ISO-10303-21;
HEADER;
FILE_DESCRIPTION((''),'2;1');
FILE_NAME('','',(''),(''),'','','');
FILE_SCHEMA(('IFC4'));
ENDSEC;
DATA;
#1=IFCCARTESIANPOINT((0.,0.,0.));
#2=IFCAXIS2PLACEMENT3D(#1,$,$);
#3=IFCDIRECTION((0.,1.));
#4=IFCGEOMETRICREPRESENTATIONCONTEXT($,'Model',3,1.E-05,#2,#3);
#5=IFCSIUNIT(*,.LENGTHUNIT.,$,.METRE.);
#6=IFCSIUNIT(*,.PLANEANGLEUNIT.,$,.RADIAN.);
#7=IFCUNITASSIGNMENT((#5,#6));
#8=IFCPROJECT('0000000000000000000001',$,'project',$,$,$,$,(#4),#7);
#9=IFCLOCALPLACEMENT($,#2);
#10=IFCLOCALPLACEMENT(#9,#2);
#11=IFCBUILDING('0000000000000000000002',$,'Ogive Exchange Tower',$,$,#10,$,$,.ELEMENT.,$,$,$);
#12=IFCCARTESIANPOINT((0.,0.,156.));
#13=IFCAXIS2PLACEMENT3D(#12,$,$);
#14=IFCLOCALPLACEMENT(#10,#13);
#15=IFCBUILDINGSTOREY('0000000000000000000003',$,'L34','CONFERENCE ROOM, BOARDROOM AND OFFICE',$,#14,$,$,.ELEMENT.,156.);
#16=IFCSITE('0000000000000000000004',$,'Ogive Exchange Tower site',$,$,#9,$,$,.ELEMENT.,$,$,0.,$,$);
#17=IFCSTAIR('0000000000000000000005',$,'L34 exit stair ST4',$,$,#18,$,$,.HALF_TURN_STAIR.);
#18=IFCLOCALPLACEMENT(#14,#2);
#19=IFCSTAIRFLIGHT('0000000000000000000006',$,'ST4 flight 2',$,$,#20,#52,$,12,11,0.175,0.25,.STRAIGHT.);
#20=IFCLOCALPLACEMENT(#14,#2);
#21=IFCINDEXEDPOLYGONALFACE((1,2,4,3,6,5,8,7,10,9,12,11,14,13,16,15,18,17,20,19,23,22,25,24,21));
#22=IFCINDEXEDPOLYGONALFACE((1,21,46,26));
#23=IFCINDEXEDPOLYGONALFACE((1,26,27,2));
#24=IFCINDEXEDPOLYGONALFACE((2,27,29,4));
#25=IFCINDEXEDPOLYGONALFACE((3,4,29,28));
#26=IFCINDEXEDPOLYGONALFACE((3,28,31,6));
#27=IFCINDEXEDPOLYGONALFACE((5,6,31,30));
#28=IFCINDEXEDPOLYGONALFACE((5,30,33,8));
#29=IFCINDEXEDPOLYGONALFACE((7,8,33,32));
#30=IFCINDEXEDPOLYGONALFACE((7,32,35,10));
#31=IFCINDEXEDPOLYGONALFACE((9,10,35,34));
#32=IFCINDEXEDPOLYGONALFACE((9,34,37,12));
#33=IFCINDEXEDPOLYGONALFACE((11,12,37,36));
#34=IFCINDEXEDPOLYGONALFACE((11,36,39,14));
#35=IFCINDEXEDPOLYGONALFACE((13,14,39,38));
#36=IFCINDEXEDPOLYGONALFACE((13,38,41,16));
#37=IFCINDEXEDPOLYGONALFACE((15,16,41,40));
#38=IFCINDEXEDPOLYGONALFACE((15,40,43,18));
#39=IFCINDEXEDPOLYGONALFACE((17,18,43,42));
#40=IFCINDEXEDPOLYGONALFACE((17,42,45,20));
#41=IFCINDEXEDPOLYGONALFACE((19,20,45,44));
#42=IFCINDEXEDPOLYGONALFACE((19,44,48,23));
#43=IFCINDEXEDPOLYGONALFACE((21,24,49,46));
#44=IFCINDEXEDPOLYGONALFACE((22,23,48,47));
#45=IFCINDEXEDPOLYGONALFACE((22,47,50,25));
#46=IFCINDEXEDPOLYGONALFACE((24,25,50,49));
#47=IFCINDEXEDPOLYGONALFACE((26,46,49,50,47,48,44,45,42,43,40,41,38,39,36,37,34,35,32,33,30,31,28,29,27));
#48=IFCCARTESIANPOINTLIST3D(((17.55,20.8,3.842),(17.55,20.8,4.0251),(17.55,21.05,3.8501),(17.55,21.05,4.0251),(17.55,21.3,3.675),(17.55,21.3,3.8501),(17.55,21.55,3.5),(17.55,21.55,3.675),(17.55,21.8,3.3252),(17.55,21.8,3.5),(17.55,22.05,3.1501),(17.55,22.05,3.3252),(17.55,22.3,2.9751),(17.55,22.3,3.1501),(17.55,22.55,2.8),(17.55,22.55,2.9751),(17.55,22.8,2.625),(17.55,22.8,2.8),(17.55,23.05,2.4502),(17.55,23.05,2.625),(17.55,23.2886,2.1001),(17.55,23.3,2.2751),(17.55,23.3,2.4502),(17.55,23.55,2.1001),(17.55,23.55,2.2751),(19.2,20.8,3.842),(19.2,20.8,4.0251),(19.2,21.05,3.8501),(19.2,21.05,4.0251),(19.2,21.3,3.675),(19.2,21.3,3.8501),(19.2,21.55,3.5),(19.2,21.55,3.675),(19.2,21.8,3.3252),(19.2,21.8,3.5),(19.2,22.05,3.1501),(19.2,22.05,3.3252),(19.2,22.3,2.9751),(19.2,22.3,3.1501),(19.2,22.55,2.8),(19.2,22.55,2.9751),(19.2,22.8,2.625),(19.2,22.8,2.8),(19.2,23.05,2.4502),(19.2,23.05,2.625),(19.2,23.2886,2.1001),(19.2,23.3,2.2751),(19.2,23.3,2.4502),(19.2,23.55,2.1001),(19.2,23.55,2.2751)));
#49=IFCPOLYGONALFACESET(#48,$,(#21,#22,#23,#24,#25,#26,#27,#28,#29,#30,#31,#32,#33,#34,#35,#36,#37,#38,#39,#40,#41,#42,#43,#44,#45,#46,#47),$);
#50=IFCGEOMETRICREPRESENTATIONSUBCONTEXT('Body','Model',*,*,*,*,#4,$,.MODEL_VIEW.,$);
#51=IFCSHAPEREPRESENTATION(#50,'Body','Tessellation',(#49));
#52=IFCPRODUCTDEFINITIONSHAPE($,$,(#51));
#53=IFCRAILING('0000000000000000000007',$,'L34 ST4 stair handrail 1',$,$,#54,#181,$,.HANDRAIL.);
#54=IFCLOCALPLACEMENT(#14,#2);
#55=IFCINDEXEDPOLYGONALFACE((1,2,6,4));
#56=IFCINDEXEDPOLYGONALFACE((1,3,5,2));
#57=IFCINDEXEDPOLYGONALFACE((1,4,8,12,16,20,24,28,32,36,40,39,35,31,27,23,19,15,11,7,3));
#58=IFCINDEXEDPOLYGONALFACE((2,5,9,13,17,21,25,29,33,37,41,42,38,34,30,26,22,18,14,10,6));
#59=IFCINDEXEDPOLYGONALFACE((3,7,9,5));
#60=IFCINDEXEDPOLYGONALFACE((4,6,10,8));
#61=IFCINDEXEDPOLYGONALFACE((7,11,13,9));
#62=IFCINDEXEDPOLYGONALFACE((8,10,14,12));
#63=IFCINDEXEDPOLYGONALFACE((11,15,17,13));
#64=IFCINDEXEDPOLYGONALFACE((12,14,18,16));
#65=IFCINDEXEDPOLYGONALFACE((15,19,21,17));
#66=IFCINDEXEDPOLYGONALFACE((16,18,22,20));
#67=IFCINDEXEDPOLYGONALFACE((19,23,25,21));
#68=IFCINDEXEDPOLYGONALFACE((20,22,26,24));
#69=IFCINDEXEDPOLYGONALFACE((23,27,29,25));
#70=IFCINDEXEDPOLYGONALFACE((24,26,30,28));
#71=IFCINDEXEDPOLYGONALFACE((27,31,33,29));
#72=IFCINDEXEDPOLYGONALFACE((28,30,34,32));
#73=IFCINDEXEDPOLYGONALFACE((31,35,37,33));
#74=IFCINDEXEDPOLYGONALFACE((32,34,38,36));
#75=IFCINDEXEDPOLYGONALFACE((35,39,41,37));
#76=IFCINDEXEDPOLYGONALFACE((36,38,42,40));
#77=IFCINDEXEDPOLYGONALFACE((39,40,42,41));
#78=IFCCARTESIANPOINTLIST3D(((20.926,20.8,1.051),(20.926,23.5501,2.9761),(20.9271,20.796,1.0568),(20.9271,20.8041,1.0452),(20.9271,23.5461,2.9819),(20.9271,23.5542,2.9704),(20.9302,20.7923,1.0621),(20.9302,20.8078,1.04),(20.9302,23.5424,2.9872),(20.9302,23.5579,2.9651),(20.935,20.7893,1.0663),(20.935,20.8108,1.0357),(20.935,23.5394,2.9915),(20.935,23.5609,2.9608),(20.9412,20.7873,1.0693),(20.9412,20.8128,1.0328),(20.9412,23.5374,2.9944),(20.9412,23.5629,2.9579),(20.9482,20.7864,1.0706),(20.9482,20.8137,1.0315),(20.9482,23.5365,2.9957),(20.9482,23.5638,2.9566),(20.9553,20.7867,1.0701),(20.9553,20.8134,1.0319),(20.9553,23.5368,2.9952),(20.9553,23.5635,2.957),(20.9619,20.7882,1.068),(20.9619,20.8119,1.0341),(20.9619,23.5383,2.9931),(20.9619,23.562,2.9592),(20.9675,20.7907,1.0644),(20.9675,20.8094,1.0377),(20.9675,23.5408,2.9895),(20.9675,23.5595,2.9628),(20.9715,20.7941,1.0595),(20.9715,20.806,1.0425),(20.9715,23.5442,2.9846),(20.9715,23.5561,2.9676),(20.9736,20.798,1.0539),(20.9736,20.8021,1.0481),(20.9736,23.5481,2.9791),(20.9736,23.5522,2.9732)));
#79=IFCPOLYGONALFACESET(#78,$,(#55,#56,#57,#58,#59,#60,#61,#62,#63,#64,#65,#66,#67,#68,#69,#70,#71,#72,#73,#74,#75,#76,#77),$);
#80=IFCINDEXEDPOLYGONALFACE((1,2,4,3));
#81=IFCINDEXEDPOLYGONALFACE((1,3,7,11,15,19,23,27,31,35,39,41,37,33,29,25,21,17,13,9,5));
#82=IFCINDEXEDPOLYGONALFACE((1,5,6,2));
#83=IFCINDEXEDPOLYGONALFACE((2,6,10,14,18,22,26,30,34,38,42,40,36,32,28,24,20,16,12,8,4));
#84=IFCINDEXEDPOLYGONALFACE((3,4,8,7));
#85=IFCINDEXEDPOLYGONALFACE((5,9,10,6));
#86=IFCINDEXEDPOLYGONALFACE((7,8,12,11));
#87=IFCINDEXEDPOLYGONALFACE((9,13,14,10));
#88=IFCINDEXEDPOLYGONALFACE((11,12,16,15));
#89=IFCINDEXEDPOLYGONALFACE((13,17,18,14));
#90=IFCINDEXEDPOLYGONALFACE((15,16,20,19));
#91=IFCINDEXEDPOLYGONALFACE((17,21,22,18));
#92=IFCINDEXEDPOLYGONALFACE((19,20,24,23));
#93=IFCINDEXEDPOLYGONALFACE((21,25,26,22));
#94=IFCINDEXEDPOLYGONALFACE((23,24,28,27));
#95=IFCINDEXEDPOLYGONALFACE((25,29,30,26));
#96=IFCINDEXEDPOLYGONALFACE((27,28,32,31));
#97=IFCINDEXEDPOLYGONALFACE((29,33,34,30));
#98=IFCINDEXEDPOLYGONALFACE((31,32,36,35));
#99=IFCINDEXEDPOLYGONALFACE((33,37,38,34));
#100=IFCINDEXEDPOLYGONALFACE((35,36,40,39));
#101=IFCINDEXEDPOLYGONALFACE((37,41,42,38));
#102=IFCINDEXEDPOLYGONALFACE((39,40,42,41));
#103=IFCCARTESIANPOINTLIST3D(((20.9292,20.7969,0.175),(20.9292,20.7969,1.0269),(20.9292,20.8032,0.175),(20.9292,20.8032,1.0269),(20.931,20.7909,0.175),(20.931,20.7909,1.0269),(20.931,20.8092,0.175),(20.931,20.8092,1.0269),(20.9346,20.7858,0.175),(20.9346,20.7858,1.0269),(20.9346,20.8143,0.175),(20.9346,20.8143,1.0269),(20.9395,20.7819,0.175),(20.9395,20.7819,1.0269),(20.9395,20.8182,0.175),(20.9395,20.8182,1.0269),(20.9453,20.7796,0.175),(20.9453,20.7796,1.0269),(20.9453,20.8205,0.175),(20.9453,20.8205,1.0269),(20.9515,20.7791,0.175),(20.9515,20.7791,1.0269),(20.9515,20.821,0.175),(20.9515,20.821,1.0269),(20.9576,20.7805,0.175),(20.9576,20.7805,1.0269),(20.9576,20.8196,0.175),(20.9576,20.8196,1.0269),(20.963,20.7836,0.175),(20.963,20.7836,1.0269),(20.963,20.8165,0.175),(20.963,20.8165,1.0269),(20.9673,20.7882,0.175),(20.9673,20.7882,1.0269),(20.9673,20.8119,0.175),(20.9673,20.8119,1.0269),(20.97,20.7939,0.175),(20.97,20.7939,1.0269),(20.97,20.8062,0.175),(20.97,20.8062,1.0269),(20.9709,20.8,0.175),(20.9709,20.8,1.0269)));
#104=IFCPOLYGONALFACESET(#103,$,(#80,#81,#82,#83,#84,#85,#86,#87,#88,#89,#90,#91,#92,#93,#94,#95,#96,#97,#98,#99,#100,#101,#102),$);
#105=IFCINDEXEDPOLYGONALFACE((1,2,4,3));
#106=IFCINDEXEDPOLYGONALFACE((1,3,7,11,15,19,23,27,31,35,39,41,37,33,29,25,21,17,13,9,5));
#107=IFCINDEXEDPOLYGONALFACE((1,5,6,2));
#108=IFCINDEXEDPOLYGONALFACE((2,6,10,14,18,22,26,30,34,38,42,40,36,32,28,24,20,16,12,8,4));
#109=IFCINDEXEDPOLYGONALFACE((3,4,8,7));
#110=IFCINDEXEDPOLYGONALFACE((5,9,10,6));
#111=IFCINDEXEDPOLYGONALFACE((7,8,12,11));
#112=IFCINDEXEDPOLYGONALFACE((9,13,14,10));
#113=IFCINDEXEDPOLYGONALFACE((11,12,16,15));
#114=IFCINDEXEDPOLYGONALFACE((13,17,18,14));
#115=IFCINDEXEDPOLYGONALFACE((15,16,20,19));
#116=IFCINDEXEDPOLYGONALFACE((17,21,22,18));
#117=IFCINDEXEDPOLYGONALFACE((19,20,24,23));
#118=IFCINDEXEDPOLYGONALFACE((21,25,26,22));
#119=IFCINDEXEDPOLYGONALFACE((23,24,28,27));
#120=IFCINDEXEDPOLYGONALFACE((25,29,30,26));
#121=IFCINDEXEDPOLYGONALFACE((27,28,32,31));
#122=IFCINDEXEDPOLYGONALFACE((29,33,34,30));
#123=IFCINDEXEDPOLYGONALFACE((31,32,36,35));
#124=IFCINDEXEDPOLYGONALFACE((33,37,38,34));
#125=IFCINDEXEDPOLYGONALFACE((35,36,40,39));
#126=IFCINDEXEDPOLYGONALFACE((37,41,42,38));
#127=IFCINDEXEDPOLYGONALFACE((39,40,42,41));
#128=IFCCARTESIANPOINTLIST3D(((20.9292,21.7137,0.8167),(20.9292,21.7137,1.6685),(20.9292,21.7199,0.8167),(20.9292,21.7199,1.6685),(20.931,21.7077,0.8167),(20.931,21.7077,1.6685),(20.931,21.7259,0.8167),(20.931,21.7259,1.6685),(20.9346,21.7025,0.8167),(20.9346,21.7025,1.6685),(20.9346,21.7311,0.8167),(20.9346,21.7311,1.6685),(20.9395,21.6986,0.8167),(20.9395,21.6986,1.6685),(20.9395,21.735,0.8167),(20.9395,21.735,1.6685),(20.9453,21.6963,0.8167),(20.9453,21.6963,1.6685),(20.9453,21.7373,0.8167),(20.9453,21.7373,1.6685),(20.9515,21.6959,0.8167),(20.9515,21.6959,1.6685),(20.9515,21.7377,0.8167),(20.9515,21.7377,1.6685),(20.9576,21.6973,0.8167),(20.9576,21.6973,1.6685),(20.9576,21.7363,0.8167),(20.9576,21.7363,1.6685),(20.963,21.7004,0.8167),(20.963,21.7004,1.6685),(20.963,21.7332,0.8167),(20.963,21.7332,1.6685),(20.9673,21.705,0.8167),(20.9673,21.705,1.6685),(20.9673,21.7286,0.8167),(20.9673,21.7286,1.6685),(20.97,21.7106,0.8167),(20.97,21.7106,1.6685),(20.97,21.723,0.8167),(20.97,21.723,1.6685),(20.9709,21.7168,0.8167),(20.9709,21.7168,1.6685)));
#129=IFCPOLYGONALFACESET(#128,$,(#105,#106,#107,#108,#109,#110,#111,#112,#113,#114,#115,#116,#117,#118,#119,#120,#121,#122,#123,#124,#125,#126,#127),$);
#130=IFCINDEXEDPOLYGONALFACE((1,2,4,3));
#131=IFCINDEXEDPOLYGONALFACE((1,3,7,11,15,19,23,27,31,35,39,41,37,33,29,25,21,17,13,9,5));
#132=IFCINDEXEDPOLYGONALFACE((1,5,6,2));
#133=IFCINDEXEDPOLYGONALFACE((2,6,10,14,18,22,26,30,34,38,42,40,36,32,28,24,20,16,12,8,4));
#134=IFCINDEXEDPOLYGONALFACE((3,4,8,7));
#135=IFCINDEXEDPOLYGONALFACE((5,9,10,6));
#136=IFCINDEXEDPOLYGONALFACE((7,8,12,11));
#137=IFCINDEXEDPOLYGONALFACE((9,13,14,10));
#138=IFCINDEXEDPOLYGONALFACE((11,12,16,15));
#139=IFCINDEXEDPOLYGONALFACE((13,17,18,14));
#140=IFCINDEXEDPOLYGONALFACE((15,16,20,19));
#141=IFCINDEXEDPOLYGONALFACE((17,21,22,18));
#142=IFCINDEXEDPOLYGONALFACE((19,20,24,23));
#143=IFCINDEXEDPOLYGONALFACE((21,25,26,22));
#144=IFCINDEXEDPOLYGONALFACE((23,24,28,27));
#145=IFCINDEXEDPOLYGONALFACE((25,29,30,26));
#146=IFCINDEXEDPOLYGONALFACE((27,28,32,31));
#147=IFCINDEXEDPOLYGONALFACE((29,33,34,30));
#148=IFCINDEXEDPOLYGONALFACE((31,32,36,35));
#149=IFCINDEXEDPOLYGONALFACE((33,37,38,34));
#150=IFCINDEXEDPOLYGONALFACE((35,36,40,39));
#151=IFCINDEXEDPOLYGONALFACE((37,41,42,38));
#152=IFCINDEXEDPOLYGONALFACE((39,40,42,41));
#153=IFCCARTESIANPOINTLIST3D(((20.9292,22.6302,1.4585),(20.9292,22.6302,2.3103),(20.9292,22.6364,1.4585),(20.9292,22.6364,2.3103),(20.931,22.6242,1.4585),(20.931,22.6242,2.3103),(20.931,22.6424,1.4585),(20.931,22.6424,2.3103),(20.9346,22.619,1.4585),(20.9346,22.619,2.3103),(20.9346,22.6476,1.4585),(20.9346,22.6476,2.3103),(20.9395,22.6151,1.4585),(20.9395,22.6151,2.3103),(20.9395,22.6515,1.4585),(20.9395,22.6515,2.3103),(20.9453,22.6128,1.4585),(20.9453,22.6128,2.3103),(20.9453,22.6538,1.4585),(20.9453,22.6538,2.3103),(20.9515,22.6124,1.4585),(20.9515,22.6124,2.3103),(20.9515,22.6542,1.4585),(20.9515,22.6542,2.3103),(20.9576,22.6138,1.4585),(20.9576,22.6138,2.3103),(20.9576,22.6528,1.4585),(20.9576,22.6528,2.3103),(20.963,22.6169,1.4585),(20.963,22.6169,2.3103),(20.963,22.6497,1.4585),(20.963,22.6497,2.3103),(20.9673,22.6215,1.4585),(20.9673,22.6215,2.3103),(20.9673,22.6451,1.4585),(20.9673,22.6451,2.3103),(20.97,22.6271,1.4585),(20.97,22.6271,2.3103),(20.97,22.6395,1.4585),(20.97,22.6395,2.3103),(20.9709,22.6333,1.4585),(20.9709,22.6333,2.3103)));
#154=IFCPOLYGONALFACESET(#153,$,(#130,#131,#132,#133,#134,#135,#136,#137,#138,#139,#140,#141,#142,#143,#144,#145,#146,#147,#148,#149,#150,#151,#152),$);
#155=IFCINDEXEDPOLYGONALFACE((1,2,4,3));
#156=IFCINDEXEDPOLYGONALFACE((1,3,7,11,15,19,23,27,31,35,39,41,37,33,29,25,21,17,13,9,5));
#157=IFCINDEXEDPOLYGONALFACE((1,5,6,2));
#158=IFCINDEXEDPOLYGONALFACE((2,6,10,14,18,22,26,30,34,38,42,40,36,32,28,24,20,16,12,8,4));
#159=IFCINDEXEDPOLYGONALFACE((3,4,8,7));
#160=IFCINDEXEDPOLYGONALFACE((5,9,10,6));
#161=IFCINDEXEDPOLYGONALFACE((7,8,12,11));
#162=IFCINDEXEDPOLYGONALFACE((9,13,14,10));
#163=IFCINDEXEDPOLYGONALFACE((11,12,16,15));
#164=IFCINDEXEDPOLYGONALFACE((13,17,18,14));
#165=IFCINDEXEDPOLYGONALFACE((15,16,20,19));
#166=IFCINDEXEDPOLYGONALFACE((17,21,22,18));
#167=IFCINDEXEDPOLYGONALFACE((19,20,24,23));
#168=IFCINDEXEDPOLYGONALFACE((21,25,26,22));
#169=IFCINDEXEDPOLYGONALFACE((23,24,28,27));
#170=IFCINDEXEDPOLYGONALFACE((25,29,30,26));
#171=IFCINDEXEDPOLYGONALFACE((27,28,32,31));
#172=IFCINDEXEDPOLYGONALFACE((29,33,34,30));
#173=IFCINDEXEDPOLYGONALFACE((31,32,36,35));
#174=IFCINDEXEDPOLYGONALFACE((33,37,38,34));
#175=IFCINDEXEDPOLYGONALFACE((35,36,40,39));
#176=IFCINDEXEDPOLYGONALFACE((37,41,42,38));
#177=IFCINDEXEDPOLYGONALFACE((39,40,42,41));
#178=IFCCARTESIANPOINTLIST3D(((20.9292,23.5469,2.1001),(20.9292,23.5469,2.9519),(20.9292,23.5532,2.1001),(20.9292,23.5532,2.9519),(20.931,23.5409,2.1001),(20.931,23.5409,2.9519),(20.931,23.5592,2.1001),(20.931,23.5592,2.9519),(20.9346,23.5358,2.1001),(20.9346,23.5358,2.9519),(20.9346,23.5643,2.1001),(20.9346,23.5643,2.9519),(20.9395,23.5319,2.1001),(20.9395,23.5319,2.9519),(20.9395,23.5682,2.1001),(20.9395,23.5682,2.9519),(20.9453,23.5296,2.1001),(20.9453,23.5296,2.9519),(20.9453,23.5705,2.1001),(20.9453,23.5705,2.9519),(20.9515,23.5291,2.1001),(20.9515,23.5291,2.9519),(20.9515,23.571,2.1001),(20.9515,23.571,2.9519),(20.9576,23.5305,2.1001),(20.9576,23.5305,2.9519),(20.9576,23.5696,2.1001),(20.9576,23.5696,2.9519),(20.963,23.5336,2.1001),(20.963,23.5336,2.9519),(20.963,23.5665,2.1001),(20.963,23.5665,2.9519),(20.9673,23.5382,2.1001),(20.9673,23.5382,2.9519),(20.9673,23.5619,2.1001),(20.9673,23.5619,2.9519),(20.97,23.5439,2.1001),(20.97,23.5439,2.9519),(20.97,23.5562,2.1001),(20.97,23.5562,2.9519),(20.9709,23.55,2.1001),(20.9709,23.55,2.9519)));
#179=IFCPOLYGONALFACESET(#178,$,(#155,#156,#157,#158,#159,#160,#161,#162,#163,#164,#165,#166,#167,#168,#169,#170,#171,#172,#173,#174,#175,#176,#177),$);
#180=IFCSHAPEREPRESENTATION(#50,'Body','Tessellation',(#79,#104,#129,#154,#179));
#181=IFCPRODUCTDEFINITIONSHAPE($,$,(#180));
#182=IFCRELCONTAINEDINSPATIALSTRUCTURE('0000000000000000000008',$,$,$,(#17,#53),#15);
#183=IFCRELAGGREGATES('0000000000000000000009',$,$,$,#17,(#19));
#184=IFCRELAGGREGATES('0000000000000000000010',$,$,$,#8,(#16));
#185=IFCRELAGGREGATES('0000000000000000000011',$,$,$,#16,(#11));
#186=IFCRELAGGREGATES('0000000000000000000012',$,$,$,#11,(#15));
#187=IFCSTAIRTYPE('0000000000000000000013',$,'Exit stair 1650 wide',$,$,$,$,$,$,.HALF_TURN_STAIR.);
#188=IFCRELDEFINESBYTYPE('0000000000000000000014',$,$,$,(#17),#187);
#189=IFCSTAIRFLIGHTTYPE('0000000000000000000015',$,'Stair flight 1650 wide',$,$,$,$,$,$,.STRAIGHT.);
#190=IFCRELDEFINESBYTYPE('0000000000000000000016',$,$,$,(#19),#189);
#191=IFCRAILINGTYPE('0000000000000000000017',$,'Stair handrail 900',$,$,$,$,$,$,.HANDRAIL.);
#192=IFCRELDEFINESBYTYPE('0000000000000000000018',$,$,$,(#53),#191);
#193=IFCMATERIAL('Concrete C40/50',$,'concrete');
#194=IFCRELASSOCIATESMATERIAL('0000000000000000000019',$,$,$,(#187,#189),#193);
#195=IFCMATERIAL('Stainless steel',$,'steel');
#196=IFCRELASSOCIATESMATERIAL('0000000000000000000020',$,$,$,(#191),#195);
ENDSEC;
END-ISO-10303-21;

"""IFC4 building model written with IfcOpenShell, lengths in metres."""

from ifc_helpers import new_model, si_unit, direction, frame, origin, origin_2d, place, context, subcontext, project, spatial, polyline, circle, outline, extrude, material, type_object, element, aggregate, save


model = new_model("IFC4")

# Units and contexts
model_context = context("Model", 3, precision=1e-05, world=origin(), true_north=direction((0.0, 1.0)))
body_context = subcontext(model_context, "Body", "Model", "MODEL_VIEW")
ifc_project = project(units=[si_unit("LENGTHUNIT", "METRE"), si_unit("PLANEANGLEUNIT", "RADIAN")], contexts=[model_context])

# Site, building, storey
site_placement = place(None, origin())
site = spatial("IfcSite", under=ifc_project, at=site_placement, Name="Ogive Exchange Tower site", CompositionType="ELEMENT", RefElevation=0.0)
building_placement = place(site_placement, origin())
building = spatial("IfcBuilding", under=site, at=building_placement, Name="Ogive Exchange Tower", CompositionType="ELEMENT")
storey_placement = place(building_placement, frame((0.0, 0.0, 156.0)))
storey = spatial("IfcBuildingStorey", under=building, at=storey_placement, Name="L34", Description="CONFERENCE ROOM, BOARDROOM AND OFFICE", CompositionType="ELEMENT", Elevation=156.0)

# Stair, stair flight
ifc_material_1 = material(Name="Concrete C40/50", Category="concrete")
stair_type = type_object("IfcStairType", Name="Exit stair 1650 wide", PredefinedType="HALF_TURN_STAIR", material=ifc_material_1)
stair_placement = place(storey_placement, origin())
stair = element("IfcStair", 1, at=stair_placement, inside=storey, type_object=stair_type, Name="L34 exit stair ST4", PredefinedType="HALF_TURN_STAIR")
stair_flight_type = type_object("IfcStairFlightType", Name="Stair flight 1650 wide", PredefinedType="STRAIGHT", material=ifc_material_1)
stair_flight_1_placement = place(storey_placement, frame((18.375, 23.55, 2.1001), z_axis=(0.0, 0.0, 1.0), x_axis=(0.0, -1.0, 0.0)))
stair_flight_1 = element("IfcStairFlight", 2, at=stair_flight_1_placement, type_object=stair_flight_type, Name="ST4 flight 2", NumberOfRisers=12, NumberOfTreads=11, PredefinedType="STRAIGHT", RiserHeight=0.175, TreadLength=0.25, context=body_context, shape_type="SweptSolid", body=[
    extrude(outline(polyline([(0.0, 0.0), (0.0, 0.175), (0.25, 0.175), (0.25, 0.3501), (0.5, 0.3501), (0.5, 0.5249), (0.75, 0.5249), (0.75, 0.7), (1.0, 0.7), (1.0, 0.875), (1.25, 0.875), (1.25, 1.05), (1.5, 1.05), (1.5, 1.2251), (1.75, 1.2251), (1.75, 1.3999), (2.0, 1.3999), (2.0, 1.575), (2.25, 1.575), (2.25, 1.75), (2.5, 1.75), (2.5, 1.925), (2.75, 1.925), (2.75, 2.1001), (2.75, 1.7419), (0.2615, 0.0), (0.0, 0.0)])), frame((0.0, 0.825, 0.0), z_axis=(0.0, -1.0, 0.0), x_axis=(1.0, 0.0, 0.0)), (0.0, 0.0, 1.0), 1.6499),
])
aggregate(stair, [stair_flight_1])

# Railing
ifc_material_2 = material(Name="Stainless steel", Category="steel")
railing_type = type_object("IfcRailingType", Name="Stair handrail 900", PredefinedType="HANDRAIL", material=ifc_material_2)
railing_1_placement = place(storey_placement, frame((20.95, 20.8, 0.175)))
element("IfcRailing", 3, at=railing_1_placement, inside=storey, type_object=railing_type, Name="L34 ST4 stair handrail 1", PredefinedType="HANDRAIL", context=body_context, shape_type="SweptSolid", body=[
    extrude(circle(Radius=0.0239, at=origin_2d()), frame((0.0, 0.0, 0.876), z_axis=(0.0, 0.819225, 0.573472), x_axis=(-1.0, 0.0, 0.0)), (0.0, 0.0, 1.0), 3.3569),
    extrude(circle(Radius=0.021, at=origin_2d()), origin(), (0.0, 0.0, 1.0), 0.8518),
    extrude(circle(Radius=0.021, at=origin_2d()), frame((0.0, 0.9167, 0.6416)), (0.0, 0.0, 1.0), 0.8518),
    extrude(circle(Radius=0.021, at=origin_2d()), frame((0.0, 1.8333, 1.2834)), (0.0, 0.0, 1.0), 0.8518),
    extrude(circle(Radius=0.021, at=origin_2d()), frame((0.0, 2.75, 1.925)), (0.0, 0.0, 1.0), 0.8518),
])

save(model, "model.ifc")
